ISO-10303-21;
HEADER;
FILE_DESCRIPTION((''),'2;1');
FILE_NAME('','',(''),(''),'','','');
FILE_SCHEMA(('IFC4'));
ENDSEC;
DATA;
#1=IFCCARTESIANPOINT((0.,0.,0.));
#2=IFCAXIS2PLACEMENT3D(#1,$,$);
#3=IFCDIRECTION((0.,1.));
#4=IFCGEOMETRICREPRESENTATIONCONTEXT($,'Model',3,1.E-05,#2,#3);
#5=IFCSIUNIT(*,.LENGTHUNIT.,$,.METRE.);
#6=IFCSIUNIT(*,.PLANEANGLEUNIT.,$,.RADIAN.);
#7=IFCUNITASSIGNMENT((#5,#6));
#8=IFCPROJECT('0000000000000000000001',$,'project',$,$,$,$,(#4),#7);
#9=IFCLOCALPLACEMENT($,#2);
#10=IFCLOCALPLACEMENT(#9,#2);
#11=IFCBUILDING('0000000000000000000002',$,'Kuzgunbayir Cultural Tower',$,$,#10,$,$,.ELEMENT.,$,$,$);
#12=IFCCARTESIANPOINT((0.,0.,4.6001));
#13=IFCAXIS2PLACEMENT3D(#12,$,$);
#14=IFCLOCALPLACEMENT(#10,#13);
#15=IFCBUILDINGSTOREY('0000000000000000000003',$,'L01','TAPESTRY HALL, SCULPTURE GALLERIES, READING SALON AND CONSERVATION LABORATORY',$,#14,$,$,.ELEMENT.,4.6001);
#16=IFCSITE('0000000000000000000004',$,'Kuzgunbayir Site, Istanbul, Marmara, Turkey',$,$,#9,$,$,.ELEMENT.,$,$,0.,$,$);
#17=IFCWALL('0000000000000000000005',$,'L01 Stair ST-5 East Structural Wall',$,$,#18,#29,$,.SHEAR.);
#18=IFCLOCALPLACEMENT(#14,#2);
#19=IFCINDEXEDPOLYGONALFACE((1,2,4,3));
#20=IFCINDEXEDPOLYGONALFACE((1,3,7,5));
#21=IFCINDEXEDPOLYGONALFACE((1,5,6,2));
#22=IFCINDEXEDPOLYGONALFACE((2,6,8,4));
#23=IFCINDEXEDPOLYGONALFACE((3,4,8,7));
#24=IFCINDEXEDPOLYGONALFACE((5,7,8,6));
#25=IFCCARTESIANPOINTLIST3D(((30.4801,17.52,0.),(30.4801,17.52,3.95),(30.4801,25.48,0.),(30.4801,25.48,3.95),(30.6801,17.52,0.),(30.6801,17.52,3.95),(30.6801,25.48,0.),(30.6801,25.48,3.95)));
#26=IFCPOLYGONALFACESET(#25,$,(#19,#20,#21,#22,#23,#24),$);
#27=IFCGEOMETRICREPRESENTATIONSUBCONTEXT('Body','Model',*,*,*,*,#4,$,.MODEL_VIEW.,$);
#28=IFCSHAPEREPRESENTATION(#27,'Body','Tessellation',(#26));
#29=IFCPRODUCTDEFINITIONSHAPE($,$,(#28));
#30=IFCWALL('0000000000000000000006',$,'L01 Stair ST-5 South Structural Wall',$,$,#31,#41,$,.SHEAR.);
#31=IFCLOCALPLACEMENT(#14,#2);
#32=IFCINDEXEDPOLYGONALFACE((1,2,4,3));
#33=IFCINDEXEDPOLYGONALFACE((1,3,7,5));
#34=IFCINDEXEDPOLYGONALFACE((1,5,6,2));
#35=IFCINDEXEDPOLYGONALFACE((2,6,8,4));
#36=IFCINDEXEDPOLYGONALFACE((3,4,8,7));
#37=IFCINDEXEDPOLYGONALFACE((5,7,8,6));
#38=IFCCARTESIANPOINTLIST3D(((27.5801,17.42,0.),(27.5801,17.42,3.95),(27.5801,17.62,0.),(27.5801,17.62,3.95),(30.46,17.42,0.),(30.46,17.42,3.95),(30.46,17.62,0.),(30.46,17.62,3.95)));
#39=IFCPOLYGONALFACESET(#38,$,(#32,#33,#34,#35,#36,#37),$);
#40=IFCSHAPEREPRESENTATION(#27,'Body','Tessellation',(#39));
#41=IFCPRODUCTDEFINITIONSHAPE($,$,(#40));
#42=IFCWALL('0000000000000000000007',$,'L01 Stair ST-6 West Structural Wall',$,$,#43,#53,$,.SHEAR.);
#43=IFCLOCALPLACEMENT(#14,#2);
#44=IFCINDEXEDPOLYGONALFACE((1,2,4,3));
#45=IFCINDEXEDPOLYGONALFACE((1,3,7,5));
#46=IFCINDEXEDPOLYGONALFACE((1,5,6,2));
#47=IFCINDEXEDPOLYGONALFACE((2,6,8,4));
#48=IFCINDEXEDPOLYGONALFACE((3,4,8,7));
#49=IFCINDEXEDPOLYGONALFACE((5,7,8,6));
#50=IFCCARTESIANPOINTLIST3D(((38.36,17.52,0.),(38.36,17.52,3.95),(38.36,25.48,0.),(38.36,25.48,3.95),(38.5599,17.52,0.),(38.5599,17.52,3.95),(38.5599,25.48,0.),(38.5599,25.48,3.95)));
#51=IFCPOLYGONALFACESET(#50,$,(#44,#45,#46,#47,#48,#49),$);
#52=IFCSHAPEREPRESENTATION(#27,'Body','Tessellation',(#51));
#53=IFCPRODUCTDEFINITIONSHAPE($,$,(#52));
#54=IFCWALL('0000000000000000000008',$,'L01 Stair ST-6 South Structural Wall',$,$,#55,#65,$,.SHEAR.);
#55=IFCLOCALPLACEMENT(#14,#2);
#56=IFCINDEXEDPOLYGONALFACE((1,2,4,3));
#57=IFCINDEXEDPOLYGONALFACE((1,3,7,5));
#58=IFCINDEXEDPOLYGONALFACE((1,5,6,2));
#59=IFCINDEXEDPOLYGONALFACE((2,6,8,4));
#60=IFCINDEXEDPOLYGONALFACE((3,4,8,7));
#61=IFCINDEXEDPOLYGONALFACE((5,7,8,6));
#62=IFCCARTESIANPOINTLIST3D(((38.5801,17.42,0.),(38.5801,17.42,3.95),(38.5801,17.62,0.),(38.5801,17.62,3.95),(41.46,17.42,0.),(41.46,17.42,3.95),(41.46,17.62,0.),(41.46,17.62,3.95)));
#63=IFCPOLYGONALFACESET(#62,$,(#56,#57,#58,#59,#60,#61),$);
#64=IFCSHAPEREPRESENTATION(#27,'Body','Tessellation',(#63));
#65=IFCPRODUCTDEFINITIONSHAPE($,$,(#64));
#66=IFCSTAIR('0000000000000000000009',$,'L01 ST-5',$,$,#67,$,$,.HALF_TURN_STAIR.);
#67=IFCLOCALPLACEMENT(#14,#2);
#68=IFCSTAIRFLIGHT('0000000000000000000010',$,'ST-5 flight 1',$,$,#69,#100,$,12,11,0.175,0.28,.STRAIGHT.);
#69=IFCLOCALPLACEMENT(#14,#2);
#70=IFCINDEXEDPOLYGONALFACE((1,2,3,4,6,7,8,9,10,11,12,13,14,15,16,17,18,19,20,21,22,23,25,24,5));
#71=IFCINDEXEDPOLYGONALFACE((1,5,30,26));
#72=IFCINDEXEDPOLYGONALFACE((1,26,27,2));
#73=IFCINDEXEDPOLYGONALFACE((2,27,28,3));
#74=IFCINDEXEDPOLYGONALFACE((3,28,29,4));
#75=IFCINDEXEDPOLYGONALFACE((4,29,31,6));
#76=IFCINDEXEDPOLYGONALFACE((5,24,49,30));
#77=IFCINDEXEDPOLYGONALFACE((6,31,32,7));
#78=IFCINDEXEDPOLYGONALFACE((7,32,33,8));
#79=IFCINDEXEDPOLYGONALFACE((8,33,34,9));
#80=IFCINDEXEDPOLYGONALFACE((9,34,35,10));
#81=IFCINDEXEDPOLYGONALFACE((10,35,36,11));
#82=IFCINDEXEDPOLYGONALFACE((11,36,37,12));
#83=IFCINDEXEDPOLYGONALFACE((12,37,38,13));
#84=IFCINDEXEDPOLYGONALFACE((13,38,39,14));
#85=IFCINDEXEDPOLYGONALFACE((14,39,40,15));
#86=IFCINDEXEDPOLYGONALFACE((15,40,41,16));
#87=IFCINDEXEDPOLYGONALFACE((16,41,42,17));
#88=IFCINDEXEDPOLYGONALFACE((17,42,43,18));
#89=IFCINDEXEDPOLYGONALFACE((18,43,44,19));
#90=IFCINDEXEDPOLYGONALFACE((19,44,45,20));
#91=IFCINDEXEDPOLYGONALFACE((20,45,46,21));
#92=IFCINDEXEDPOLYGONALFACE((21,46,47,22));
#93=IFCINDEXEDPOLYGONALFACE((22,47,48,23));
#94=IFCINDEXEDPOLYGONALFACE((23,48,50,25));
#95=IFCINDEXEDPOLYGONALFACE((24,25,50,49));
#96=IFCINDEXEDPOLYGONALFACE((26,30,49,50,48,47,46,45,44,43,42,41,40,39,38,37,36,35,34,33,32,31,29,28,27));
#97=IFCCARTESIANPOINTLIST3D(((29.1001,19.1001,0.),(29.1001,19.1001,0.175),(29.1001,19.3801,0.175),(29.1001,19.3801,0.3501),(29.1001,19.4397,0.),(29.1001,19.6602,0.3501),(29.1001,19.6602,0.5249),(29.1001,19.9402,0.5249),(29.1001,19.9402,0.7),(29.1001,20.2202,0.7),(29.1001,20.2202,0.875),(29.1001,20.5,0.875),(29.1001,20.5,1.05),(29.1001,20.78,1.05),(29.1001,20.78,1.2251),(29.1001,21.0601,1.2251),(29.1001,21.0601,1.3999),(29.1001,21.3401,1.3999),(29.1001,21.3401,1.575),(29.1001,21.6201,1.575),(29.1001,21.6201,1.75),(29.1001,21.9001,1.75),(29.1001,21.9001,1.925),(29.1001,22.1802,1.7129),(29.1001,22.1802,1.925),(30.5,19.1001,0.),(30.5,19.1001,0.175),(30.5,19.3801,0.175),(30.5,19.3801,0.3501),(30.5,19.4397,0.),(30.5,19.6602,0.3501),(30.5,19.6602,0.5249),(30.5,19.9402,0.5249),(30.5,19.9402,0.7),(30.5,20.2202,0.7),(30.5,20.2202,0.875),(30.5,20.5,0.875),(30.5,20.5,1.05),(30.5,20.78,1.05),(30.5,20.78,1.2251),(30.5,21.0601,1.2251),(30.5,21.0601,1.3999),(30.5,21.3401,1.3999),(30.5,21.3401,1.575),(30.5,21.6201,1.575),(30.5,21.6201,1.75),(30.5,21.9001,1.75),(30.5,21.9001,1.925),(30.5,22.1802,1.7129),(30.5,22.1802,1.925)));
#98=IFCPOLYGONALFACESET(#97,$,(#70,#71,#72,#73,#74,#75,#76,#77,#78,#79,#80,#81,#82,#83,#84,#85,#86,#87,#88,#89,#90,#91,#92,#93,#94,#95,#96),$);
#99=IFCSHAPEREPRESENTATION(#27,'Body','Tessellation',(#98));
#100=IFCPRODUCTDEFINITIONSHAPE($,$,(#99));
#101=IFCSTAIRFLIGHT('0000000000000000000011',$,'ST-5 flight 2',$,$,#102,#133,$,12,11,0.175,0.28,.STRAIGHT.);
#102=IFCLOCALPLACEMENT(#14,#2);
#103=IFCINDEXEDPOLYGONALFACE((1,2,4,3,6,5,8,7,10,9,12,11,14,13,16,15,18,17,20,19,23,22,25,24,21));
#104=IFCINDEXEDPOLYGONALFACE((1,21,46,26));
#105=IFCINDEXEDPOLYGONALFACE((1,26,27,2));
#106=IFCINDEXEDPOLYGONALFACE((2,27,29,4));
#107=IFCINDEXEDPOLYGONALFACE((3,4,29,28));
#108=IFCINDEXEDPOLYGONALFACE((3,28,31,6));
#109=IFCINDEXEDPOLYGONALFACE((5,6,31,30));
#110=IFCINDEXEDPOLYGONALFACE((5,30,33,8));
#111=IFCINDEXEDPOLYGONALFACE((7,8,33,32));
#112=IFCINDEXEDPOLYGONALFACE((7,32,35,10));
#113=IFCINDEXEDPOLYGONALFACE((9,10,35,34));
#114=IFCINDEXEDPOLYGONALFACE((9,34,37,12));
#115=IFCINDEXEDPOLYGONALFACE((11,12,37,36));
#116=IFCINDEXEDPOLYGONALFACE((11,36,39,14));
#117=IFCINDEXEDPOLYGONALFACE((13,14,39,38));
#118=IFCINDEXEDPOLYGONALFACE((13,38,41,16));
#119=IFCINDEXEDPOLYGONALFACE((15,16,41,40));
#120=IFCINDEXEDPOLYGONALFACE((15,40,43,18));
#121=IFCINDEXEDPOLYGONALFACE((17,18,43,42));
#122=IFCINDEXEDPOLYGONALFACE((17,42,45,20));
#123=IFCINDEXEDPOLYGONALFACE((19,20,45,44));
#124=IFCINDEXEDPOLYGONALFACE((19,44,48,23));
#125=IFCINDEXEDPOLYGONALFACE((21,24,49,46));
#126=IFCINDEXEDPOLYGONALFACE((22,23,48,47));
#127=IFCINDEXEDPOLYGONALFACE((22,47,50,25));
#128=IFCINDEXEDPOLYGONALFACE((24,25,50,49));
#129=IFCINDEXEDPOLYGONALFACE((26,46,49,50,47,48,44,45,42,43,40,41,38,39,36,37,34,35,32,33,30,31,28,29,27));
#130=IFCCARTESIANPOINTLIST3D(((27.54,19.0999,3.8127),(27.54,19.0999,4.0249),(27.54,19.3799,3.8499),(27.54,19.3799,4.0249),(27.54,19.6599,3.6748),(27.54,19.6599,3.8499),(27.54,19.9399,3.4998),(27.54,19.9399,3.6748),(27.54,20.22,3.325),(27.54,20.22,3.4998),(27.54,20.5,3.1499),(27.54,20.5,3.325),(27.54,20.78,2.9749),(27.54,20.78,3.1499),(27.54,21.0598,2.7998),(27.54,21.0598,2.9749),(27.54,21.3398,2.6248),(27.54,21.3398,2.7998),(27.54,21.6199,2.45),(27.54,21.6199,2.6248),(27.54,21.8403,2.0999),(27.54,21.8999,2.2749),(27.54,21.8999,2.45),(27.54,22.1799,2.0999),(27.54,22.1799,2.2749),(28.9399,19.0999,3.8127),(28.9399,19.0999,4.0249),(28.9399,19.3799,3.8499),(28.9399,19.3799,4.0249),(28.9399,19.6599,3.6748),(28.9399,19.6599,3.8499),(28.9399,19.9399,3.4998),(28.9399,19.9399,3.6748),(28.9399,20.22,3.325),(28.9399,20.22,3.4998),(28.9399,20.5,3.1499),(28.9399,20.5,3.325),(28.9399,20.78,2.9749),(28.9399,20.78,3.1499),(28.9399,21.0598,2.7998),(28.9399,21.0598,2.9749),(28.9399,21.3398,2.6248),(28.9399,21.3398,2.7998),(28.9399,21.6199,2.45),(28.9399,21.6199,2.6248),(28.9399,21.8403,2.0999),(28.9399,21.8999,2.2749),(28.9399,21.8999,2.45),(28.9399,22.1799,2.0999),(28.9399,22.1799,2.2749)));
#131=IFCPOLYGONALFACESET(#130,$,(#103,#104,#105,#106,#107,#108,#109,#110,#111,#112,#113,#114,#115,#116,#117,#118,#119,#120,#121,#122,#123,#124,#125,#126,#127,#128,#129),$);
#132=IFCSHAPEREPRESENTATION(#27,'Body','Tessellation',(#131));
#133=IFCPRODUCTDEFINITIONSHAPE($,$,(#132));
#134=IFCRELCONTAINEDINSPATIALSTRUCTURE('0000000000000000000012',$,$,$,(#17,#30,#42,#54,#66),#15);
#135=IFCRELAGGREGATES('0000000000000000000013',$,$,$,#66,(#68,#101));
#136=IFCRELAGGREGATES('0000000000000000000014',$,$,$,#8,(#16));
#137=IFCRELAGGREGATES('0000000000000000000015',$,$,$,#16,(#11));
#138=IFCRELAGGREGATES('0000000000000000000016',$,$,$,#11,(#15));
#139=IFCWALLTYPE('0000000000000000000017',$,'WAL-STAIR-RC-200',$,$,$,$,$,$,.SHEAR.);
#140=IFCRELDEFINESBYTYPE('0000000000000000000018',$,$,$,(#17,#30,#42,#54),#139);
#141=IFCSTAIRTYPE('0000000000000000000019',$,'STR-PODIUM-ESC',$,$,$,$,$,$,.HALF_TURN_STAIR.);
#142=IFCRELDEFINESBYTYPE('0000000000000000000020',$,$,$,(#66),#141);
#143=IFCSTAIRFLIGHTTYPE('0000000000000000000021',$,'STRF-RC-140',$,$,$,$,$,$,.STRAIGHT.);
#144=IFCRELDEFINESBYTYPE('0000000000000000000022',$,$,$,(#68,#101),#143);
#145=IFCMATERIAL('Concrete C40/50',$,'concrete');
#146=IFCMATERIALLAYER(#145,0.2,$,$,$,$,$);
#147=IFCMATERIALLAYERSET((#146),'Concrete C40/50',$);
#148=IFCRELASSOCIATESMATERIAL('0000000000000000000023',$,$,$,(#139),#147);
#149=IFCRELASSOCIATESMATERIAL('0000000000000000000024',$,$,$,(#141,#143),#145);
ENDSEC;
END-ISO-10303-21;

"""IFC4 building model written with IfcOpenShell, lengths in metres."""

from ifc_helpers import new_model, si_unit, direction, frame, frame_2d, origin, place, context, subcontext, project, spatial, polyline, rectangle, outline, extrude, material, layer, layer_set, type_object, element, aggregate, save


model = new_model("IFC4")

# Units and contexts
model_context = context("Model", 3, precision=1e-05, world=origin(), true_north=direction((0.0, 1.0)))
body_context = subcontext(model_context, "Body", "Model", "MODEL_VIEW")
ifc_project = project(units=[si_unit("LENGTHUNIT", "METRE"), si_unit("PLANEANGLEUNIT", "RADIAN")], contexts=[model_context])

# Site, building, storey
site_placement = place(None, origin())
site = spatial("IfcSite", under=ifc_project, at=site_placement, Name="Kuzgunbayir Site, Istanbul, Marmara, Turkey", CompositionType="ELEMENT", RefElevation=0.0)
building_placement = place(site_placement, origin())
building = spatial("IfcBuilding", under=site, at=building_placement, Name="Kuzgunbayir Cultural Tower", CompositionType="ELEMENT")
storey_placement = place(building_placement, frame((0.0, 0.0, 4.6001)))
storey = spatial("IfcBuildingStorey", under=building, at=storey_placement, Name="L01", Description="TAPESTRY HALL, SCULPTURE GALLERIES, READING SALON AND CONSERVATION LABORATORY", CompositionType="ELEMENT", Elevation=4.6001)

# Shared definitions
ifc_material_1 = material(Name="Concrete C40/50", Category="concrete")

# Shared definitions
ifc_layer_1 = layer(ifc_material_1, 0.2)
ifc_layer_set_1 = layer_set([ifc_layer_1], Name="Concrete C40/50")
wall_type = type_object("IfcWallType", Name="WAL-STAIR-RC-200", PredefinedType="SHEAR", material=ifc_layer_set_1)

# Walls
wall_1_placement = place(storey_placement, frame((30.5801, 17.52, 0.0), z_axis=(0.0, 0.0, 1.0), x_axis=(0.0, 1.0, 0.0)))
element("IfcWall", 1, at=wall_1_placement, inside=storey, type_object=wall_type, Name="L01 Stair ST-5 East Structural Wall", PredefinedType="SHEAR", context=body_context, shape_type="SweptSolid", body=[
    extrude(rectangle(XDim=7.96, YDim=0.2, at=frame_2d((3.98, 0.0))), origin(), (0.0, 0.0, 1.0), 3.95),
])
wall_2_placement = place(storey_placement, frame((27.5801, 17.52, 0.0), z_axis=(0.0, 0.0, 1.0), x_axis=(1.0, 0.0, 0.0)))
element("IfcWall", 2, at=wall_2_placement, inside=storey, type_object=wall_type, Name="L01 Stair ST-5 South Structural Wall", PredefinedType="SHEAR", context=body_context, shape_type="SweptSolid", body=[
    extrude(rectangle(XDim=2.8799, YDim=0.2, at=frame_2d((1.4399, 0.0))), origin(), (0.0, 0.0, 1.0), 3.95),
])
wall_3_placement = place(storey_placement, frame((38.46, 17.52, 0.0), z_axis=(0.0, 0.0, 1.0), x_axis=(0.0, 1.0, 0.0)))
element("IfcWall", 3, at=wall_3_placement, inside=storey, type_object=wall_type, Name="L01 Stair ST-6 West Structural Wall", PredefinedType="SHEAR", context=body_context, shape_type="SweptSolid", body=[
    extrude(rectangle(XDim=7.96, YDim=0.2, at=frame_2d((3.98, 0.0))), origin(), (0.0, 0.0, 1.0), 3.95),
])
wall_4_placement = place(storey_placement, frame((38.5801, 17.52, 0.0), z_axis=(0.0, 0.0, 1.0), x_axis=(1.0, 0.0, 0.0)))
element("IfcWall", 4, at=wall_4_placement, inside=storey, type_object=wall_type, Name="L01 Stair ST-6 South Structural Wall", PredefinedType="SHEAR", context=body_context, shape_type="SweptSolid", body=[
    extrude(rectangle(XDim=2.8799, YDim=0.2, at=frame_2d((1.4399, 0.0))), origin(), (0.0, 0.0, 1.0), 3.95),
])

# Stair, stair flights
stair_type = type_object("IfcStairType", Name="STR-PODIUM-ESC", PredefinedType="HALF_TURN_STAIR", material=ifc_material_1)
stair_placement = place(storey_placement, origin())
stair = element("IfcStair", 5, at=stair_placement, inside=storey, type_object=stair_type, Name="L01 ST-5", PredefinedType="HALF_TURN_STAIR")
stair_flight_type = type_object("IfcStairFlightType", Name="STRF-RC-140", PredefinedType="STRAIGHT", material=ifc_material_1)
stair_flight_1_placement = place(storey_placement, frame((29.8, 19.1001, 0.0), z_axis=(0.0, 0.0, 1.0), x_axis=(0.0, 1.0, 0.0)))
stair_flight_1 = element("IfcStairFlight", 6, at=stair_flight_1_placement, type_object=stair_flight_type, Name="ST-5 flight 1", NumberOfRisers=12, NumberOfTreads=11, PredefinedType="STRAIGHT", RiserHeight=0.175, TreadLength=0.28, context=body_context, shape_type="SweptSolid", body=[
    extrude(outline(polyline([(0.0, 0.0), (0.0, 0.175), (0.28, 0.175), (0.28, 0.3501), (0.5601, 0.3501), (0.5601, 0.5249), (0.8401, 0.5249), (0.8401, 0.7), (1.1201, 0.7), (1.1201, 0.875), (1.3999, 0.875), (1.3999, 1.05), (1.6799, 1.05), (1.6799, 1.2251), (1.96, 1.2251), (1.96, 1.3999), (2.24, 1.3999), (2.24, 1.575), (2.52, 1.575), (2.52, 1.75), (2.8, 1.75), (2.8, 1.925), (3.0801, 1.925), (3.0801, 2.1001), (3.0801, 1.7129), (0.3396, 0.0), (0.0, 0.0)])), frame((0.0, 0.7, 0.0), z_axis=(0.0, -1.0, 0.0), x_axis=(1.0, 0.0, 0.0)), (0.0, 0.0, 1.0), 1.3999),
])
stair_flight_2_placement = place(storey_placement, frame((28.24, 22.1799, 2.0999), z_axis=(0.0, 0.0, 1.0), x_axis=(0.0, -1.0, 0.0)))
stair_flight_2 = element("IfcStairFlight", 7, at=stair_flight_2_placement, type_object=stair_flight_type, Name="ST-5 flight 2", NumberOfRisers=12, NumberOfTreads=11, PredefinedType="STRAIGHT", RiserHeight=0.175, TreadLength=0.28, context=body_context, shape_type="SweptSolid", body=[
    extrude(outline(polyline([(0.0, 0.0), (0.0, 0.175), (0.28, 0.175), (0.28, 0.3501), (0.5601, 0.3501), (0.5601, 0.5249), (0.8401, 0.5249), (0.8401, 0.7), (1.1201, 0.7), (1.1201, 0.875), (1.3999, 0.875), (1.3999, 1.05), (1.6799, 1.05), (1.6799, 1.2251), (1.96, 1.2251), (1.96, 1.3999), (2.24, 1.3999), (2.24, 1.575), (2.52, 1.575), (2.52, 1.75), (2.8, 1.75), (2.8, 1.925), (3.0801, 1.925), (3.0801, 2.1001), (3.0801, 1.7129), (0.3396, 0.0), (0.0, 0.0)])), frame((0.0, 0.7, 0.0), z_axis=(0.0, -1.0, 0.0), x_axis=(1.0, 0.0, 0.0)), (0.0, 0.0, 1.0), 1.3999),
])
aggregate(stair, [stair_flight_1, stair_flight_2])

save(model, "model.ifc")
